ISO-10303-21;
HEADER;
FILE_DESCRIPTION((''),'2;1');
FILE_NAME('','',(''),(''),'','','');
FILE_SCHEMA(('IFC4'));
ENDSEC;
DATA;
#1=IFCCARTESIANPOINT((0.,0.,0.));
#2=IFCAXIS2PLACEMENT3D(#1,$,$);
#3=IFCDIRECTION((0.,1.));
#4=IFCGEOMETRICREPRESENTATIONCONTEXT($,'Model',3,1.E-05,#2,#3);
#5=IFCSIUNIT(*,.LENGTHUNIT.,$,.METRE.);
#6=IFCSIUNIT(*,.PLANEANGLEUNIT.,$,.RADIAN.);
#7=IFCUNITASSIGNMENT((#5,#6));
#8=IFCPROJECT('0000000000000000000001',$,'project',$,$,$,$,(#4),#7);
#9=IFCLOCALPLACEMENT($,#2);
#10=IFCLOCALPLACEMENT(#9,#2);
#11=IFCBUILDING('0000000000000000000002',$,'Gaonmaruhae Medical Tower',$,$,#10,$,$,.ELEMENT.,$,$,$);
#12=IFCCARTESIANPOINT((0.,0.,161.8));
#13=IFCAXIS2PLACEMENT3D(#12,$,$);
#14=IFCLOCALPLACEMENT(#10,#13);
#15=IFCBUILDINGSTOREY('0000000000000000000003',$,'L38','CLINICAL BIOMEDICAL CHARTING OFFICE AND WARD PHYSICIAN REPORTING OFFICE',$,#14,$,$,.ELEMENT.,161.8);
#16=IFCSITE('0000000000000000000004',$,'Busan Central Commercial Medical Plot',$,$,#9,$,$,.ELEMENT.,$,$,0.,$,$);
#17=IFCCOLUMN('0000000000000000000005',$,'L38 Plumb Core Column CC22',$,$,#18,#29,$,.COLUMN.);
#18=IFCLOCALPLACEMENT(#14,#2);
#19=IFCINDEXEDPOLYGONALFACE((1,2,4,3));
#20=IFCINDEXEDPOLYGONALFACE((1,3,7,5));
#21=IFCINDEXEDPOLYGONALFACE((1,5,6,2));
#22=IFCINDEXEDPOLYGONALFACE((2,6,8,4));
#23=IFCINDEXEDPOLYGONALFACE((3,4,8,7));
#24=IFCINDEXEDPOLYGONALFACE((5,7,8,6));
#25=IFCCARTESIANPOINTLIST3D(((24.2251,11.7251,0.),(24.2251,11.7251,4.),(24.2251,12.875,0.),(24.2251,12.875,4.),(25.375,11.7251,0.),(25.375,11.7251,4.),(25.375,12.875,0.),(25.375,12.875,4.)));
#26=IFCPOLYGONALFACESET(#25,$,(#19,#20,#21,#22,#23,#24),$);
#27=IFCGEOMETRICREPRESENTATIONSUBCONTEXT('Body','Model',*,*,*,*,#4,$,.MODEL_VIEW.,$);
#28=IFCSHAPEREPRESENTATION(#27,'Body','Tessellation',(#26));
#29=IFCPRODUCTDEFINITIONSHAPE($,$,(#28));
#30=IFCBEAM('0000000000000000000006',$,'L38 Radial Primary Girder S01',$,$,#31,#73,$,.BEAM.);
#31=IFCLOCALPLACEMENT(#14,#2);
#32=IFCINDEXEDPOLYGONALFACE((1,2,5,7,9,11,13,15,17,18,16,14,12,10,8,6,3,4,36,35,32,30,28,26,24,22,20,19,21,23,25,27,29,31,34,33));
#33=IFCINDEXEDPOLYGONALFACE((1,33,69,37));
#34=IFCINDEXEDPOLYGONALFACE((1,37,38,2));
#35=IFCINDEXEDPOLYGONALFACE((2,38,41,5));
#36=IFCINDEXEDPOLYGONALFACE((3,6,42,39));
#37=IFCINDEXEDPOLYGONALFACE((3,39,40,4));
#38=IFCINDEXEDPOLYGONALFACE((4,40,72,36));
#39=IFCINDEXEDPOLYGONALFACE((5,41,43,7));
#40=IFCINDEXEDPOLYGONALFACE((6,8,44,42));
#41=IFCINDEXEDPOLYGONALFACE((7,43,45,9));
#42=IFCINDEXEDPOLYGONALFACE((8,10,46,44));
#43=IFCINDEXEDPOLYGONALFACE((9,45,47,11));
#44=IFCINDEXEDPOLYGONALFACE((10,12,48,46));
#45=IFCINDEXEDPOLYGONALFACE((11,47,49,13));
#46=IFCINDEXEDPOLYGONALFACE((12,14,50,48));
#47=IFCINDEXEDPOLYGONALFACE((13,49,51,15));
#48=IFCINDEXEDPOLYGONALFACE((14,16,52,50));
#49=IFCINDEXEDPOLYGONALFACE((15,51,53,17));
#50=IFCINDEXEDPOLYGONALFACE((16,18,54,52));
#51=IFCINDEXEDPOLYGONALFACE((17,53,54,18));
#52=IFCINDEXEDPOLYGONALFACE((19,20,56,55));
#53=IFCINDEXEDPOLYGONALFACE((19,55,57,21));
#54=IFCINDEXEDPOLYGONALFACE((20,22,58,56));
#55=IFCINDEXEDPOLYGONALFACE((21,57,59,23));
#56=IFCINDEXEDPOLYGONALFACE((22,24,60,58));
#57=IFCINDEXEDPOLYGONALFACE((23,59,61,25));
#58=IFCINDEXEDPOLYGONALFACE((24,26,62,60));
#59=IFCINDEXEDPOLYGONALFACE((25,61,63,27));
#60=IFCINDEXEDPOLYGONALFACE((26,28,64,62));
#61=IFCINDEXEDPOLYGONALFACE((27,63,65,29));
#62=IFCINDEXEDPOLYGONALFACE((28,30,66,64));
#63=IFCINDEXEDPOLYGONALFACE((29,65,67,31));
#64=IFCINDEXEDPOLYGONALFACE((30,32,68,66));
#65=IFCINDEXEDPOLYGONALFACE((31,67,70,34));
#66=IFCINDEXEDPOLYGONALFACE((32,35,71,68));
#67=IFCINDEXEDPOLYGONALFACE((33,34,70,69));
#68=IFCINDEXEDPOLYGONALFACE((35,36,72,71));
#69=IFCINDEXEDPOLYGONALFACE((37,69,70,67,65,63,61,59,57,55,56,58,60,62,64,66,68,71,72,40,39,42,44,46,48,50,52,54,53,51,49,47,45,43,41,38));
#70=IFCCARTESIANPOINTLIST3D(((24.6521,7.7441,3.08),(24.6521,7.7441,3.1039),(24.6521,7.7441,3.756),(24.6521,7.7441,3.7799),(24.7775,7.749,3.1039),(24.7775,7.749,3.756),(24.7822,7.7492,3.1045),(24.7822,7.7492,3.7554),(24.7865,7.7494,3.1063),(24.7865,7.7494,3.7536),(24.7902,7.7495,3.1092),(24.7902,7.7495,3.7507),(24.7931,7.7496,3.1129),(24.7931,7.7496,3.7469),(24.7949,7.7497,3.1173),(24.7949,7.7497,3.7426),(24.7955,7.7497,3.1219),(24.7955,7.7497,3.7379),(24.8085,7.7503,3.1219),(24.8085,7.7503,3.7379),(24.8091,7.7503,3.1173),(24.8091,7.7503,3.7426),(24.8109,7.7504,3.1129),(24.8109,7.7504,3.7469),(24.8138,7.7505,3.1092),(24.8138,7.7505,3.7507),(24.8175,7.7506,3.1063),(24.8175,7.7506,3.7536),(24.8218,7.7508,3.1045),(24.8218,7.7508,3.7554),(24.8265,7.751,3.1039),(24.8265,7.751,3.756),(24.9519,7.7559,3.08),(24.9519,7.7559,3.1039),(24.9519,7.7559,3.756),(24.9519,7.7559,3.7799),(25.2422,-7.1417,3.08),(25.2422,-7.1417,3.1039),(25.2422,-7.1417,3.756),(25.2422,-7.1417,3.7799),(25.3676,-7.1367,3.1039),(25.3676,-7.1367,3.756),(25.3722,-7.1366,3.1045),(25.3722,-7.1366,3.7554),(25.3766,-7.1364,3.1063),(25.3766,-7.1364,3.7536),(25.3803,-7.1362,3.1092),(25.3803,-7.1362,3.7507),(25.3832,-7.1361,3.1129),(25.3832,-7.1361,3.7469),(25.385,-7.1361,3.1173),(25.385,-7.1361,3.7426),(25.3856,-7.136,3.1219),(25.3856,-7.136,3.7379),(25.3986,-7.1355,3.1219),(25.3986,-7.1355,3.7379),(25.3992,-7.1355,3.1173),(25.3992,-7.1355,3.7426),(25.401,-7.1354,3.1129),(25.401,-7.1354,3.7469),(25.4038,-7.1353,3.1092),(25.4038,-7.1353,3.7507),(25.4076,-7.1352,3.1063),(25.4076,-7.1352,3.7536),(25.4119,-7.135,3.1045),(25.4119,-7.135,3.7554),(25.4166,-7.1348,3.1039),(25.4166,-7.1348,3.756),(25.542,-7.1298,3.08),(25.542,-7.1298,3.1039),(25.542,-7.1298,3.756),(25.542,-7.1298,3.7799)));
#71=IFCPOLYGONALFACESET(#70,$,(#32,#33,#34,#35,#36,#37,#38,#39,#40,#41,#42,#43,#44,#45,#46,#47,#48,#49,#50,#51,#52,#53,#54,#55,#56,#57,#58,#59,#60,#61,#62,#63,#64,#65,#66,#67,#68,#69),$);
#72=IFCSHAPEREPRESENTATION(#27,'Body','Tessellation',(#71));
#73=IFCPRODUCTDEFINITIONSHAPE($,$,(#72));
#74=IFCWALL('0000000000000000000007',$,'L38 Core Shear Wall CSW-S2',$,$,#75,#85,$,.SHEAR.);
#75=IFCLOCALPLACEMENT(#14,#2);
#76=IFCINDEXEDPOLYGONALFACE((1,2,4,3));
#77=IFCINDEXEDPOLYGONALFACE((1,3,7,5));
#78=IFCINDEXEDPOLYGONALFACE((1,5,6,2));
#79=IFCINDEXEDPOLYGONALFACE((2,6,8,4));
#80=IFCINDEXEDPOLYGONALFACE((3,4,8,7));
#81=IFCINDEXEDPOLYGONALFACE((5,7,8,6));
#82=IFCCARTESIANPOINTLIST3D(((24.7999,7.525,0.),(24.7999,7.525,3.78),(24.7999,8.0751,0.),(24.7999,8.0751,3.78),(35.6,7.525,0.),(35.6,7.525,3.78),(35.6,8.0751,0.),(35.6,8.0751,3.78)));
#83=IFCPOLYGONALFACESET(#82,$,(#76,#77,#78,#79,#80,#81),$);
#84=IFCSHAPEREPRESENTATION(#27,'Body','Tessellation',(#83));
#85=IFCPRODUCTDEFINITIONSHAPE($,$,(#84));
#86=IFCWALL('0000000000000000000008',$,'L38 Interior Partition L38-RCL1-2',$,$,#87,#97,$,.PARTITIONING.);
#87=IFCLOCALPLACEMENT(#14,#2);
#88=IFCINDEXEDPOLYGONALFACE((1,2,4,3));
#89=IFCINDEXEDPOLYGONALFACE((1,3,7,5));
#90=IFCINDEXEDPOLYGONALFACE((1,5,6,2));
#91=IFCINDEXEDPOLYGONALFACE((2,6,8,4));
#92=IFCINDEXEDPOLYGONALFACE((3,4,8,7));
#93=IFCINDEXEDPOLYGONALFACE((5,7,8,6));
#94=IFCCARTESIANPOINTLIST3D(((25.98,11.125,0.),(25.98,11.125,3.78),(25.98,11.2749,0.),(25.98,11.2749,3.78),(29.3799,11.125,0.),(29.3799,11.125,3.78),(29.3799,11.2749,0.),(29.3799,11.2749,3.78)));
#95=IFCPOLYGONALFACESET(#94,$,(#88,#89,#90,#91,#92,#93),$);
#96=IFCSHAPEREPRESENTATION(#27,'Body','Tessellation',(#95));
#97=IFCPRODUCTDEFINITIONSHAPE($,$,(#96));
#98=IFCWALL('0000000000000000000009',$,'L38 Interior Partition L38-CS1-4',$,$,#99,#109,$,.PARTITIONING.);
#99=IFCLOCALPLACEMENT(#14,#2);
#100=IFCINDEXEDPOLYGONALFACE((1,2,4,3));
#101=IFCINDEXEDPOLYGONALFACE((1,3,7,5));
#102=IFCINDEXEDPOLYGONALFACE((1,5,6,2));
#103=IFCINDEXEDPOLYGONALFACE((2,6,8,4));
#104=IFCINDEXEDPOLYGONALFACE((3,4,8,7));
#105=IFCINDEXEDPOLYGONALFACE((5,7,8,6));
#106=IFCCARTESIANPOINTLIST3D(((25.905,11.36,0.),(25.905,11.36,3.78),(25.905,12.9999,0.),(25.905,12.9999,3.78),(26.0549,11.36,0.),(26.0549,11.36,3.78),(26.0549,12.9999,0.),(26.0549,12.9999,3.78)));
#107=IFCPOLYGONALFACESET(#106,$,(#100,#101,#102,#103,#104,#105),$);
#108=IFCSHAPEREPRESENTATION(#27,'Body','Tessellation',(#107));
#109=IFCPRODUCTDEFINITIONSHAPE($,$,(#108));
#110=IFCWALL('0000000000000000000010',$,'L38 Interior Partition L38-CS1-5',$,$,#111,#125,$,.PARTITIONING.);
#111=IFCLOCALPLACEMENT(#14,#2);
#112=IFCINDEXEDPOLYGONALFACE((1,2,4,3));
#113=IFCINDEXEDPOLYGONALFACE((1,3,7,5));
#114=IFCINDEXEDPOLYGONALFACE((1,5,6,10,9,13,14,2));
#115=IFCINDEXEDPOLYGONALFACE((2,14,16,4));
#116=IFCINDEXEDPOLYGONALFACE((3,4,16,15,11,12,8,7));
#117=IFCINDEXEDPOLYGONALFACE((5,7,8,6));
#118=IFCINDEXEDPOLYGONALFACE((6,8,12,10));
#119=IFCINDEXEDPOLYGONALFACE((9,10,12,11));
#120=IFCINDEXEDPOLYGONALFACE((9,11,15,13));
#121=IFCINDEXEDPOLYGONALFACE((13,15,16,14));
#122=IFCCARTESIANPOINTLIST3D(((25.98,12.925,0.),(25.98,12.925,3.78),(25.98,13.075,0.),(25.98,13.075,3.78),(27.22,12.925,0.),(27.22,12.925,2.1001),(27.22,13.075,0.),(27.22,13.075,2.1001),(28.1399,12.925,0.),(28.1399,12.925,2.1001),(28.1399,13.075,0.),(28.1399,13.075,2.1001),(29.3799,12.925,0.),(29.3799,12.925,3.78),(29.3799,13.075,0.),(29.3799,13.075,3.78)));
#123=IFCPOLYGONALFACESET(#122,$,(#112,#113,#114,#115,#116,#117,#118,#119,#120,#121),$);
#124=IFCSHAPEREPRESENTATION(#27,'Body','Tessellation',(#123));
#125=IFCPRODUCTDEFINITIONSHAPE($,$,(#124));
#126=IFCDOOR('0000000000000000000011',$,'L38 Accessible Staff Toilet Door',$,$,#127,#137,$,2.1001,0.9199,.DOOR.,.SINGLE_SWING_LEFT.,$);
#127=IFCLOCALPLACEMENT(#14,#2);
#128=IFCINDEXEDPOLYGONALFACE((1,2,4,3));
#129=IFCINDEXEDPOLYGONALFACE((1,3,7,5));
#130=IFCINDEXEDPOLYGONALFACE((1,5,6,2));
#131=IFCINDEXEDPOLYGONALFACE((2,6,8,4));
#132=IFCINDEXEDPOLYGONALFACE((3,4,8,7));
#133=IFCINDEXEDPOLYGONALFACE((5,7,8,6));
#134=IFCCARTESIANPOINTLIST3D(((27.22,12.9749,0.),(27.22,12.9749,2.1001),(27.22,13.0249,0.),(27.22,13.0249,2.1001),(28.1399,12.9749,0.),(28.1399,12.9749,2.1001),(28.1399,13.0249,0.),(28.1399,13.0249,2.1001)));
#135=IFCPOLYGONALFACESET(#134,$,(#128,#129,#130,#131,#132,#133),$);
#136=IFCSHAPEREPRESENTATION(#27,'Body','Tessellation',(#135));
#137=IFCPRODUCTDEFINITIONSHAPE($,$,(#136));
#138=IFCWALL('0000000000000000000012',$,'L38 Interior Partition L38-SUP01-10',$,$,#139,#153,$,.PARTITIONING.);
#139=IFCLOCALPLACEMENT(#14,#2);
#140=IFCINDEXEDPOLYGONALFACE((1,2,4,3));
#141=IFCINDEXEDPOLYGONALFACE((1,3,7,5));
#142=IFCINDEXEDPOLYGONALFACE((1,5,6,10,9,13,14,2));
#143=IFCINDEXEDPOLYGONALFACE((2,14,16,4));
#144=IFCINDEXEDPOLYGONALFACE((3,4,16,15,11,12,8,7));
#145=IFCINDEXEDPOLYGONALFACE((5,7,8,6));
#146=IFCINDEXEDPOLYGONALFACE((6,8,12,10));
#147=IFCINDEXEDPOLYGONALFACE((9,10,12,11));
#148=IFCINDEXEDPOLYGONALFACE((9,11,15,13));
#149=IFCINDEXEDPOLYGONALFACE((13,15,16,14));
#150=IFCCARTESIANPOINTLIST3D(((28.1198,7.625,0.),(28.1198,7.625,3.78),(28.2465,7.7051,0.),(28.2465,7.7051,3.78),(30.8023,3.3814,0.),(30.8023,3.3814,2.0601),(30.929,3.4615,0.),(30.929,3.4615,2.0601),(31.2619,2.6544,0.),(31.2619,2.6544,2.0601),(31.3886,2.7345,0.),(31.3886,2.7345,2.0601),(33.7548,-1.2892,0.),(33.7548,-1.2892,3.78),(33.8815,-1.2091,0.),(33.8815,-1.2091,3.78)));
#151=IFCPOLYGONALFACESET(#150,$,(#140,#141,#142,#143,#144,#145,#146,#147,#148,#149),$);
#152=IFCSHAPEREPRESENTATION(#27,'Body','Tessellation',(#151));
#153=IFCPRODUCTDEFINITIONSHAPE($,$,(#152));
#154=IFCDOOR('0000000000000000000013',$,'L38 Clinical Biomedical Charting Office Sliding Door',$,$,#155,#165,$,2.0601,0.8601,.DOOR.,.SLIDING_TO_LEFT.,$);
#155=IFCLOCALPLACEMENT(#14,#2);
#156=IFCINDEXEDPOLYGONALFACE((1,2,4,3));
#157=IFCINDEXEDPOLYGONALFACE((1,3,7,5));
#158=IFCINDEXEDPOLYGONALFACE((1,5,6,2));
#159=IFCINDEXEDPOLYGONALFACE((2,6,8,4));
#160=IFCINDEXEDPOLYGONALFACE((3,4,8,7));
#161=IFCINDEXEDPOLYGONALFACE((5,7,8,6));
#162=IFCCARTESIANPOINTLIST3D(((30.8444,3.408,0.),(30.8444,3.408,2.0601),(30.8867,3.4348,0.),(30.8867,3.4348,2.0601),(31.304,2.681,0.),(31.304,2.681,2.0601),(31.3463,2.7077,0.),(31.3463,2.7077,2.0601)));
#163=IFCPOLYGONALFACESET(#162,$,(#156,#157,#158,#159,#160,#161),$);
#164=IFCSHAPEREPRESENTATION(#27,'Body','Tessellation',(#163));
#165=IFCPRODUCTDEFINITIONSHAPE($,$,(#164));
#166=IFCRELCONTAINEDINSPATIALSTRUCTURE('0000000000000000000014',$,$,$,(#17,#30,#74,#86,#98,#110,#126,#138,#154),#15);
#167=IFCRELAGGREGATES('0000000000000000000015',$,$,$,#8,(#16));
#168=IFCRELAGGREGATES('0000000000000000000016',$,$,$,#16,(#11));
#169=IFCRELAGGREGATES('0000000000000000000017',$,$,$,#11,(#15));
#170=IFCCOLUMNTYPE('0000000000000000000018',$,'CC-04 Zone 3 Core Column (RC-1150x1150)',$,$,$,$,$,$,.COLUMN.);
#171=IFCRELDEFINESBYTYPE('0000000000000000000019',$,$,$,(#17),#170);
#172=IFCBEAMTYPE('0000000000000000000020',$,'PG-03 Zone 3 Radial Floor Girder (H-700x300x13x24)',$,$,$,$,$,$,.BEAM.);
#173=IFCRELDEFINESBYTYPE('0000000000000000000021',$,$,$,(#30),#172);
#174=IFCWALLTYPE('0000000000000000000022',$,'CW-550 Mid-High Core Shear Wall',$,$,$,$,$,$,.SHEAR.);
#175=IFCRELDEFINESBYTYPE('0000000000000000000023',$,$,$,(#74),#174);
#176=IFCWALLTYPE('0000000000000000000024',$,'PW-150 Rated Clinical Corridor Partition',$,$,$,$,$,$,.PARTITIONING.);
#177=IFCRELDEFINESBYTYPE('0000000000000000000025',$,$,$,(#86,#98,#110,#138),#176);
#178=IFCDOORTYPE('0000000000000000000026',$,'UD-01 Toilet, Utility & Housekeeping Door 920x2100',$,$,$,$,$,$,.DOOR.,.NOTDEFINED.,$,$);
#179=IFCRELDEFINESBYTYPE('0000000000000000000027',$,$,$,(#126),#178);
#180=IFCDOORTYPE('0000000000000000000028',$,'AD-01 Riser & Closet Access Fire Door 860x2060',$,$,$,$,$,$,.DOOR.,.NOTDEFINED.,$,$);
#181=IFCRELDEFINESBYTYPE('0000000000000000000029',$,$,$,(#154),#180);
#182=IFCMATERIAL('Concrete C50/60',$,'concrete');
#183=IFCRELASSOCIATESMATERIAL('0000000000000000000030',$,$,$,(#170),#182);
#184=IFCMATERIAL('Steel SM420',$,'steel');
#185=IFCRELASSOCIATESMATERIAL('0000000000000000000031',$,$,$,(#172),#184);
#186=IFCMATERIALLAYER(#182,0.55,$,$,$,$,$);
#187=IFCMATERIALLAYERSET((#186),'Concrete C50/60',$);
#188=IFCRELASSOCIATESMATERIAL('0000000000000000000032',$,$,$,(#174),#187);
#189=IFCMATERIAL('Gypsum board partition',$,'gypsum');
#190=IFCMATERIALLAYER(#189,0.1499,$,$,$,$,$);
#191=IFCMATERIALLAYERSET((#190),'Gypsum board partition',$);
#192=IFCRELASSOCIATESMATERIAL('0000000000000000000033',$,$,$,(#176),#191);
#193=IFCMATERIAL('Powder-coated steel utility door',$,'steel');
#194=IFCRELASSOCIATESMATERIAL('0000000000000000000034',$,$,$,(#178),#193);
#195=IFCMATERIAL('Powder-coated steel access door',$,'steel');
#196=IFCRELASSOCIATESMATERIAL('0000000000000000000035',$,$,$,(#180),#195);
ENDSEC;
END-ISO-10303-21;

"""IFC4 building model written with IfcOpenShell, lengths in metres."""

from ifc_helpers import new_model, si_unit, direction, frame, frame_2d, origin, origin_2d, place, context, subcontext, project, spatial, rectangle, i_section, extrude, material, layer, layer_set, material_profile, profile_set, type_object, element, fill, save


model = new_model("IFC4")

# Units and contexts
model_context = context("Model", 3, precision=1e-05, world=origin(), true_north=direction((0.0, 1.0)))
body_context = subcontext(model_context, "Body", "Model", "MODEL_VIEW")
ifc_project = project(units=[si_unit("LENGTHUNIT", "METRE"), si_unit("PLANEANGLEUNIT", "RADIAN")], contexts=[model_context])

# Site, building, storey
site_placement = place(None, origin())
site = spatial("IfcSite", under=ifc_project, at=site_placement, Name="Busan Central Commercial Medical Plot", CompositionType="ELEMENT", RefElevation=0.0)
building_placement = place(site_placement, origin())
building = spatial("IfcBuilding", under=site, at=building_placement, Name="Gaonmaruhae Medical Tower", CompositionType="ELEMENT")
storey_placement = place(building_placement, frame((0.0, 0.0, 161.8)))
storey = spatial("IfcBuildingStorey", under=building, at=storey_placement, Name="L38", Description="CLINICAL BIOMEDICAL CHARTING OFFICE AND WARD PHYSICIAN REPORTING OFFICE", CompositionType="ELEMENT", Elevation=161.8)

# Column
ifc_material_1 = material(Name="Concrete C50/60", Category="concrete")
ifc_material_profile_1 = material_profile(ifc_material_1, rectangle(XDim=1.1499, YDim=1.1499, at=origin_2d()), Name="RC-1150x1150")
ifc_profile_set_1 = profile_set([ifc_material_profile_1], Name="Concrete C50/60")
column_type = type_object("IfcColumnType", Name="CC-04 Zone 3 Core Column (RC-1150x1150)", PredefinedType="COLUMN", material=ifc_profile_set_1)
column_placement = place(storey_placement, frame((24.8, 12.3, 0.0), z_axis=(0.0, 0.0, 1.0), x_axis=(1.0, 0.0, 0.0)))
element("IfcColumn", 1, at=column_placement, inside=storey, type_object=column_type, Name="L38 Plumb Core Column CC22", PredefinedType="COLUMN", context=body_context, shape_type="SweptSolid", body=[
    extrude(rectangle(XDim=1.1499, YDim=1.1499, at=origin_2d()), origin(), (0.0, 0.0, 1.0), 4.0),
])

# Beam
ifc_material_2 = material(Name="Steel SM420", Category="steel")
ifc_material_profile_2 = material_profile(ifc_material_2, i_section(OverallWidth=0.3, OverallDepth=0.7, WebThickness=0.0129, FlangeThickness=0.0239, FilletRadius=0.0181, at=origin_2d()), Name="H-700x300x13x24")
ifc_profile_set_2 = profile_set([ifc_material_profile_2], Name="Steel SM420")
beam_type = type_object("IfcBeamType", Name="PG-03 Zone 3 Radial Floor Girder (H-700x300x13x24)", PredefinedType="BEAM", material=ifc_profile_set_2)
beam_placement = place(storey_placement, frame((24.802, 7.75, 3.4299), z_axis=(0.03961, -0.999215, 0.0), x_axis=(0.999215, 0.03961, 0.0)))
element("IfcBeam", 2, at=beam_placement, inside=storey, type_object=beam_type, Name="L38 Radial Primary Girder S01", PredefinedType="BEAM", context=body_context, shape_type="SweptSolid", body=[
    extrude(i_section(OverallWidth=0.3, OverallDepth=0.7, WebThickness=0.0129, FlangeThickness=0.0239, FilletRadius=0.0181, at=origin_2d()), origin(), (0.0, 0.0, 1.0), 14.8975),
])

# Wall
ifc_layer_1 = layer(ifc_material_1, 0.55)
ifc_layer_set_1 = layer_set([ifc_layer_1], Name="Concrete C50/60")
wall_type_1 = type_object("IfcWallType", Name="CW-550 Mid-High Core Shear Wall", PredefinedType="SHEAR", material=ifc_layer_set_1)
wall_1_placement = place(storey_placement, frame((24.8, 7.8, 0.0), z_axis=(0.0, 0.0, 1.0), x_axis=(1.0, 0.0, 0.0)))
element("IfcWall", 3, at=wall_1_placement, inside=storey, type_object=wall_type_1, Name="L38 Core Shear Wall CSW-S2", PredefinedType="SHEAR", context=body_context, shape_type="SweptSolid", body=[
    extrude(rectangle(XDim=10.8, YDim=0.55, at=frame_2d((5.3999, 0.0))), origin(), (0.0, 0.0, 1.0), 3.78),
])

# Shared definitions
ifc_material_3 = material(Name="Gypsum board partition", Category="gypsum")
ifc_layer_2 = layer(ifc_material_3, 0.1499)
ifc_layer_set_2 = layer_set([ifc_layer_2], Name="Gypsum board partition")
wall_type_2 = type_object("IfcWallType", Name="PW-150 Rated Clinical Corridor Partition", PredefinedType="PARTITIONING", material=ifc_layer_set_2)

# Walls
wall_2_placement = place(storey_placement, frame((25.98, 11.2, 0.0), z_axis=(0.0, 0.0, 1.0), x_axis=(1.0, 0.0, 0.0)))
element("IfcWall", 4, at=wall_2_placement, inside=storey, type_object=wall_type_2, Name="L38 Interior Partition L38-RCL1-2", PredefinedType="PARTITIONING", context=body_context, shape_type="SweptSolid", body=[
    extrude(rectangle(XDim=3.3999, YDim=0.1499, at=frame_2d((1.7, 0.0))), origin(), (0.0, 0.0, 1.0), 3.78),
])
wall_3_placement = place(storey_placement, frame((25.98, 11.3601, 0.0), z_axis=(0.0, 0.0, 1.0), x_axis=(0.0, 1.0, 0.0)))
element("IfcWall", 5, at=wall_3_placement, inside=storey, type_object=wall_type_2, Name="L38 Interior Partition L38-CS1-4", PredefinedType="PARTITIONING", context=body_context, shape_type="SweptSolid", body=[
    extrude(rectangle(XDim=1.6399, YDim=0.1499, at=frame_2d((0.8198, 0.0))), origin(), (0.0, 0.0, 1.0), 3.78),
])

# Walls, openings, doors
wall_4_placement = place(storey_placement, frame((25.98, 13.0, 0.0), z_axis=(0.0, 0.0, 1.0), x_axis=(1.0, 0.0, 0.0)))
wall_4 = element("IfcWall", 6, at=wall_4_placement, inside=storey, type_object=wall_type_2, Name="L38 Interior Partition L38-CS1-5", PredefinedType="PARTITIONING", context=body_context, shape_type="SweptSolid", body=[
    extrude(rectangle(XDim=3.3999, YDim=0.1499, at=frame_2d((1.7, 0.0))), origin(), (0.0, 0.0, 1.0), 3.78),
])
opening_1_placement = place(wall_4_placement, frame((1.24, 0.0, 0.0)))
opening_1 = element("IfcOpeningElement", 7, at=opening_1_placement, cuts=wall_4, PredefinedType="OPENING", context=body_context, shape_type="SweptSolid", body=[
    extrude(rectangle(XDim=0.9199, YDim=2.1001, at=frame_2d((0.46, 1.05))), frame((0.0, 0.085, 0.0), z_axis=(0.0, -1.0, 0.0), x_axis=(1.0, 0.0, 0.0)), (0.0, 0.0, 1.0), 0.1699),
])
ifc_material_4 = material(Name="Powder-coated steel utility door", Category="steel")
door_type_1 = type_object("IfcDoorType", Name="UD-01 Toilet, Utility & Housekeeping Door 920x2100", OperationType="NOTDEFINED", PredefinedType="DOOR", material=ifc_material_4)
door_1_placement = place(opening_1_placement, origin())
door_1 = element("IfcDoor", 8, at=door_1_placement, inside=storey, type_object=door_type_1, Name="L38 Accessible Staff Toilet Door", OperationType="SINGLE_SWING_LEFT", OverallHeight=2.1001, OverallWidth=0.9199, PredefinedType="DOOR", context=body_context, shape_type="SweptSolid", body=[
    extrude(rectangle(XDim=0.9199, YDim=2.1001, at=frame_2d((0.46, 1.05))), frame((0.0, 0.0249, 0.0), z_axis=(0.0, -1.0, 0.0), x_axis=(1.0, 0.0, 0.0)), (0.0, 0.0, 1.0), 0.05),
])
fill(opening_1, door_1)
wall_5_placement = place(storey_placement, frame((28.1831, 7.665, 0.0), z_axis=(0.0, 0.0, 1.0), x_axis=(0.534337, -0.845272, 0.0)))
wall_5 = element("IfcWall", 9, at=wall_5_placement, inside=storey, type_object=wall_type_2, Name="L38 Interior Partition L38-SUP01-10", PredefinedType="PARTITIONING", context=body_context, shape_type="SweptSolid", body=[
    extrude(rectangle(XDim=10.5459, YDim=0.1499, at=frame_2d((5.2729, 0.0))), origin(), (0.0, 0.0, 1.0), 3.78),
])
opening_2_placement = place(wall_5_placement, frame((5.0203, 0.0, 0.0)))
opening_2 = element("IfcOpeningElement", 10, at=opening_2_placement, cuts=wall_5, PredefinedType="OPENING", context=body_context, shape_type="SweptSolid", body=[
    extrude(rectangle(XDim=0.8601, YDim=2.0601, at=frame_2d((0.4302, 1.03))), frame((0.0, 0.085, 0.0), z_axis=(0.0, -1.0, 0.0), x_axis=(1.0, 0.0, 0.0)), (0.0, 0.0, 1.0), 0.1699),
])
ifc_material_5 = material(Name="Powder-coated steel access door", Category="steel")
door_type_2 = type_object("IfcDoorType", Name="AD-01 Riser & Closet Access Fire Door 860x2060", OperationType="NOTDEFINED", PredefinedType="DOOR", material=ifc_material_5)
door_2_placement = place(opening_2_placement, origin())
door_2 = element("IfcDoor", 11, at=door_2_placement, inside=storey, type_object=door_type_2, Name="L38 Clinical Biomedical Charting Office Sliding Door", OperationType="SLIDING_TO_LEFT", OverallHeight=2.0601, OverallWidth=0.8601, PredefinedType="DOOR", context=body_context, shape_type="SweptSolid", body=[
    extrude(rectangle(XDim=0.8601, YDim=2.0601, at=frame_2d((0.4302, 1.03))), frame((0.0, 0.0249, 0.0), z_axis=(0.0, -1.0, 0.0), x_axis=(1.0, 0.0, 0.0)), (0.0, 0.0, 1.0), 0.05),
])
fill(opening_2, door_2)

save(model, "model.ifc")
